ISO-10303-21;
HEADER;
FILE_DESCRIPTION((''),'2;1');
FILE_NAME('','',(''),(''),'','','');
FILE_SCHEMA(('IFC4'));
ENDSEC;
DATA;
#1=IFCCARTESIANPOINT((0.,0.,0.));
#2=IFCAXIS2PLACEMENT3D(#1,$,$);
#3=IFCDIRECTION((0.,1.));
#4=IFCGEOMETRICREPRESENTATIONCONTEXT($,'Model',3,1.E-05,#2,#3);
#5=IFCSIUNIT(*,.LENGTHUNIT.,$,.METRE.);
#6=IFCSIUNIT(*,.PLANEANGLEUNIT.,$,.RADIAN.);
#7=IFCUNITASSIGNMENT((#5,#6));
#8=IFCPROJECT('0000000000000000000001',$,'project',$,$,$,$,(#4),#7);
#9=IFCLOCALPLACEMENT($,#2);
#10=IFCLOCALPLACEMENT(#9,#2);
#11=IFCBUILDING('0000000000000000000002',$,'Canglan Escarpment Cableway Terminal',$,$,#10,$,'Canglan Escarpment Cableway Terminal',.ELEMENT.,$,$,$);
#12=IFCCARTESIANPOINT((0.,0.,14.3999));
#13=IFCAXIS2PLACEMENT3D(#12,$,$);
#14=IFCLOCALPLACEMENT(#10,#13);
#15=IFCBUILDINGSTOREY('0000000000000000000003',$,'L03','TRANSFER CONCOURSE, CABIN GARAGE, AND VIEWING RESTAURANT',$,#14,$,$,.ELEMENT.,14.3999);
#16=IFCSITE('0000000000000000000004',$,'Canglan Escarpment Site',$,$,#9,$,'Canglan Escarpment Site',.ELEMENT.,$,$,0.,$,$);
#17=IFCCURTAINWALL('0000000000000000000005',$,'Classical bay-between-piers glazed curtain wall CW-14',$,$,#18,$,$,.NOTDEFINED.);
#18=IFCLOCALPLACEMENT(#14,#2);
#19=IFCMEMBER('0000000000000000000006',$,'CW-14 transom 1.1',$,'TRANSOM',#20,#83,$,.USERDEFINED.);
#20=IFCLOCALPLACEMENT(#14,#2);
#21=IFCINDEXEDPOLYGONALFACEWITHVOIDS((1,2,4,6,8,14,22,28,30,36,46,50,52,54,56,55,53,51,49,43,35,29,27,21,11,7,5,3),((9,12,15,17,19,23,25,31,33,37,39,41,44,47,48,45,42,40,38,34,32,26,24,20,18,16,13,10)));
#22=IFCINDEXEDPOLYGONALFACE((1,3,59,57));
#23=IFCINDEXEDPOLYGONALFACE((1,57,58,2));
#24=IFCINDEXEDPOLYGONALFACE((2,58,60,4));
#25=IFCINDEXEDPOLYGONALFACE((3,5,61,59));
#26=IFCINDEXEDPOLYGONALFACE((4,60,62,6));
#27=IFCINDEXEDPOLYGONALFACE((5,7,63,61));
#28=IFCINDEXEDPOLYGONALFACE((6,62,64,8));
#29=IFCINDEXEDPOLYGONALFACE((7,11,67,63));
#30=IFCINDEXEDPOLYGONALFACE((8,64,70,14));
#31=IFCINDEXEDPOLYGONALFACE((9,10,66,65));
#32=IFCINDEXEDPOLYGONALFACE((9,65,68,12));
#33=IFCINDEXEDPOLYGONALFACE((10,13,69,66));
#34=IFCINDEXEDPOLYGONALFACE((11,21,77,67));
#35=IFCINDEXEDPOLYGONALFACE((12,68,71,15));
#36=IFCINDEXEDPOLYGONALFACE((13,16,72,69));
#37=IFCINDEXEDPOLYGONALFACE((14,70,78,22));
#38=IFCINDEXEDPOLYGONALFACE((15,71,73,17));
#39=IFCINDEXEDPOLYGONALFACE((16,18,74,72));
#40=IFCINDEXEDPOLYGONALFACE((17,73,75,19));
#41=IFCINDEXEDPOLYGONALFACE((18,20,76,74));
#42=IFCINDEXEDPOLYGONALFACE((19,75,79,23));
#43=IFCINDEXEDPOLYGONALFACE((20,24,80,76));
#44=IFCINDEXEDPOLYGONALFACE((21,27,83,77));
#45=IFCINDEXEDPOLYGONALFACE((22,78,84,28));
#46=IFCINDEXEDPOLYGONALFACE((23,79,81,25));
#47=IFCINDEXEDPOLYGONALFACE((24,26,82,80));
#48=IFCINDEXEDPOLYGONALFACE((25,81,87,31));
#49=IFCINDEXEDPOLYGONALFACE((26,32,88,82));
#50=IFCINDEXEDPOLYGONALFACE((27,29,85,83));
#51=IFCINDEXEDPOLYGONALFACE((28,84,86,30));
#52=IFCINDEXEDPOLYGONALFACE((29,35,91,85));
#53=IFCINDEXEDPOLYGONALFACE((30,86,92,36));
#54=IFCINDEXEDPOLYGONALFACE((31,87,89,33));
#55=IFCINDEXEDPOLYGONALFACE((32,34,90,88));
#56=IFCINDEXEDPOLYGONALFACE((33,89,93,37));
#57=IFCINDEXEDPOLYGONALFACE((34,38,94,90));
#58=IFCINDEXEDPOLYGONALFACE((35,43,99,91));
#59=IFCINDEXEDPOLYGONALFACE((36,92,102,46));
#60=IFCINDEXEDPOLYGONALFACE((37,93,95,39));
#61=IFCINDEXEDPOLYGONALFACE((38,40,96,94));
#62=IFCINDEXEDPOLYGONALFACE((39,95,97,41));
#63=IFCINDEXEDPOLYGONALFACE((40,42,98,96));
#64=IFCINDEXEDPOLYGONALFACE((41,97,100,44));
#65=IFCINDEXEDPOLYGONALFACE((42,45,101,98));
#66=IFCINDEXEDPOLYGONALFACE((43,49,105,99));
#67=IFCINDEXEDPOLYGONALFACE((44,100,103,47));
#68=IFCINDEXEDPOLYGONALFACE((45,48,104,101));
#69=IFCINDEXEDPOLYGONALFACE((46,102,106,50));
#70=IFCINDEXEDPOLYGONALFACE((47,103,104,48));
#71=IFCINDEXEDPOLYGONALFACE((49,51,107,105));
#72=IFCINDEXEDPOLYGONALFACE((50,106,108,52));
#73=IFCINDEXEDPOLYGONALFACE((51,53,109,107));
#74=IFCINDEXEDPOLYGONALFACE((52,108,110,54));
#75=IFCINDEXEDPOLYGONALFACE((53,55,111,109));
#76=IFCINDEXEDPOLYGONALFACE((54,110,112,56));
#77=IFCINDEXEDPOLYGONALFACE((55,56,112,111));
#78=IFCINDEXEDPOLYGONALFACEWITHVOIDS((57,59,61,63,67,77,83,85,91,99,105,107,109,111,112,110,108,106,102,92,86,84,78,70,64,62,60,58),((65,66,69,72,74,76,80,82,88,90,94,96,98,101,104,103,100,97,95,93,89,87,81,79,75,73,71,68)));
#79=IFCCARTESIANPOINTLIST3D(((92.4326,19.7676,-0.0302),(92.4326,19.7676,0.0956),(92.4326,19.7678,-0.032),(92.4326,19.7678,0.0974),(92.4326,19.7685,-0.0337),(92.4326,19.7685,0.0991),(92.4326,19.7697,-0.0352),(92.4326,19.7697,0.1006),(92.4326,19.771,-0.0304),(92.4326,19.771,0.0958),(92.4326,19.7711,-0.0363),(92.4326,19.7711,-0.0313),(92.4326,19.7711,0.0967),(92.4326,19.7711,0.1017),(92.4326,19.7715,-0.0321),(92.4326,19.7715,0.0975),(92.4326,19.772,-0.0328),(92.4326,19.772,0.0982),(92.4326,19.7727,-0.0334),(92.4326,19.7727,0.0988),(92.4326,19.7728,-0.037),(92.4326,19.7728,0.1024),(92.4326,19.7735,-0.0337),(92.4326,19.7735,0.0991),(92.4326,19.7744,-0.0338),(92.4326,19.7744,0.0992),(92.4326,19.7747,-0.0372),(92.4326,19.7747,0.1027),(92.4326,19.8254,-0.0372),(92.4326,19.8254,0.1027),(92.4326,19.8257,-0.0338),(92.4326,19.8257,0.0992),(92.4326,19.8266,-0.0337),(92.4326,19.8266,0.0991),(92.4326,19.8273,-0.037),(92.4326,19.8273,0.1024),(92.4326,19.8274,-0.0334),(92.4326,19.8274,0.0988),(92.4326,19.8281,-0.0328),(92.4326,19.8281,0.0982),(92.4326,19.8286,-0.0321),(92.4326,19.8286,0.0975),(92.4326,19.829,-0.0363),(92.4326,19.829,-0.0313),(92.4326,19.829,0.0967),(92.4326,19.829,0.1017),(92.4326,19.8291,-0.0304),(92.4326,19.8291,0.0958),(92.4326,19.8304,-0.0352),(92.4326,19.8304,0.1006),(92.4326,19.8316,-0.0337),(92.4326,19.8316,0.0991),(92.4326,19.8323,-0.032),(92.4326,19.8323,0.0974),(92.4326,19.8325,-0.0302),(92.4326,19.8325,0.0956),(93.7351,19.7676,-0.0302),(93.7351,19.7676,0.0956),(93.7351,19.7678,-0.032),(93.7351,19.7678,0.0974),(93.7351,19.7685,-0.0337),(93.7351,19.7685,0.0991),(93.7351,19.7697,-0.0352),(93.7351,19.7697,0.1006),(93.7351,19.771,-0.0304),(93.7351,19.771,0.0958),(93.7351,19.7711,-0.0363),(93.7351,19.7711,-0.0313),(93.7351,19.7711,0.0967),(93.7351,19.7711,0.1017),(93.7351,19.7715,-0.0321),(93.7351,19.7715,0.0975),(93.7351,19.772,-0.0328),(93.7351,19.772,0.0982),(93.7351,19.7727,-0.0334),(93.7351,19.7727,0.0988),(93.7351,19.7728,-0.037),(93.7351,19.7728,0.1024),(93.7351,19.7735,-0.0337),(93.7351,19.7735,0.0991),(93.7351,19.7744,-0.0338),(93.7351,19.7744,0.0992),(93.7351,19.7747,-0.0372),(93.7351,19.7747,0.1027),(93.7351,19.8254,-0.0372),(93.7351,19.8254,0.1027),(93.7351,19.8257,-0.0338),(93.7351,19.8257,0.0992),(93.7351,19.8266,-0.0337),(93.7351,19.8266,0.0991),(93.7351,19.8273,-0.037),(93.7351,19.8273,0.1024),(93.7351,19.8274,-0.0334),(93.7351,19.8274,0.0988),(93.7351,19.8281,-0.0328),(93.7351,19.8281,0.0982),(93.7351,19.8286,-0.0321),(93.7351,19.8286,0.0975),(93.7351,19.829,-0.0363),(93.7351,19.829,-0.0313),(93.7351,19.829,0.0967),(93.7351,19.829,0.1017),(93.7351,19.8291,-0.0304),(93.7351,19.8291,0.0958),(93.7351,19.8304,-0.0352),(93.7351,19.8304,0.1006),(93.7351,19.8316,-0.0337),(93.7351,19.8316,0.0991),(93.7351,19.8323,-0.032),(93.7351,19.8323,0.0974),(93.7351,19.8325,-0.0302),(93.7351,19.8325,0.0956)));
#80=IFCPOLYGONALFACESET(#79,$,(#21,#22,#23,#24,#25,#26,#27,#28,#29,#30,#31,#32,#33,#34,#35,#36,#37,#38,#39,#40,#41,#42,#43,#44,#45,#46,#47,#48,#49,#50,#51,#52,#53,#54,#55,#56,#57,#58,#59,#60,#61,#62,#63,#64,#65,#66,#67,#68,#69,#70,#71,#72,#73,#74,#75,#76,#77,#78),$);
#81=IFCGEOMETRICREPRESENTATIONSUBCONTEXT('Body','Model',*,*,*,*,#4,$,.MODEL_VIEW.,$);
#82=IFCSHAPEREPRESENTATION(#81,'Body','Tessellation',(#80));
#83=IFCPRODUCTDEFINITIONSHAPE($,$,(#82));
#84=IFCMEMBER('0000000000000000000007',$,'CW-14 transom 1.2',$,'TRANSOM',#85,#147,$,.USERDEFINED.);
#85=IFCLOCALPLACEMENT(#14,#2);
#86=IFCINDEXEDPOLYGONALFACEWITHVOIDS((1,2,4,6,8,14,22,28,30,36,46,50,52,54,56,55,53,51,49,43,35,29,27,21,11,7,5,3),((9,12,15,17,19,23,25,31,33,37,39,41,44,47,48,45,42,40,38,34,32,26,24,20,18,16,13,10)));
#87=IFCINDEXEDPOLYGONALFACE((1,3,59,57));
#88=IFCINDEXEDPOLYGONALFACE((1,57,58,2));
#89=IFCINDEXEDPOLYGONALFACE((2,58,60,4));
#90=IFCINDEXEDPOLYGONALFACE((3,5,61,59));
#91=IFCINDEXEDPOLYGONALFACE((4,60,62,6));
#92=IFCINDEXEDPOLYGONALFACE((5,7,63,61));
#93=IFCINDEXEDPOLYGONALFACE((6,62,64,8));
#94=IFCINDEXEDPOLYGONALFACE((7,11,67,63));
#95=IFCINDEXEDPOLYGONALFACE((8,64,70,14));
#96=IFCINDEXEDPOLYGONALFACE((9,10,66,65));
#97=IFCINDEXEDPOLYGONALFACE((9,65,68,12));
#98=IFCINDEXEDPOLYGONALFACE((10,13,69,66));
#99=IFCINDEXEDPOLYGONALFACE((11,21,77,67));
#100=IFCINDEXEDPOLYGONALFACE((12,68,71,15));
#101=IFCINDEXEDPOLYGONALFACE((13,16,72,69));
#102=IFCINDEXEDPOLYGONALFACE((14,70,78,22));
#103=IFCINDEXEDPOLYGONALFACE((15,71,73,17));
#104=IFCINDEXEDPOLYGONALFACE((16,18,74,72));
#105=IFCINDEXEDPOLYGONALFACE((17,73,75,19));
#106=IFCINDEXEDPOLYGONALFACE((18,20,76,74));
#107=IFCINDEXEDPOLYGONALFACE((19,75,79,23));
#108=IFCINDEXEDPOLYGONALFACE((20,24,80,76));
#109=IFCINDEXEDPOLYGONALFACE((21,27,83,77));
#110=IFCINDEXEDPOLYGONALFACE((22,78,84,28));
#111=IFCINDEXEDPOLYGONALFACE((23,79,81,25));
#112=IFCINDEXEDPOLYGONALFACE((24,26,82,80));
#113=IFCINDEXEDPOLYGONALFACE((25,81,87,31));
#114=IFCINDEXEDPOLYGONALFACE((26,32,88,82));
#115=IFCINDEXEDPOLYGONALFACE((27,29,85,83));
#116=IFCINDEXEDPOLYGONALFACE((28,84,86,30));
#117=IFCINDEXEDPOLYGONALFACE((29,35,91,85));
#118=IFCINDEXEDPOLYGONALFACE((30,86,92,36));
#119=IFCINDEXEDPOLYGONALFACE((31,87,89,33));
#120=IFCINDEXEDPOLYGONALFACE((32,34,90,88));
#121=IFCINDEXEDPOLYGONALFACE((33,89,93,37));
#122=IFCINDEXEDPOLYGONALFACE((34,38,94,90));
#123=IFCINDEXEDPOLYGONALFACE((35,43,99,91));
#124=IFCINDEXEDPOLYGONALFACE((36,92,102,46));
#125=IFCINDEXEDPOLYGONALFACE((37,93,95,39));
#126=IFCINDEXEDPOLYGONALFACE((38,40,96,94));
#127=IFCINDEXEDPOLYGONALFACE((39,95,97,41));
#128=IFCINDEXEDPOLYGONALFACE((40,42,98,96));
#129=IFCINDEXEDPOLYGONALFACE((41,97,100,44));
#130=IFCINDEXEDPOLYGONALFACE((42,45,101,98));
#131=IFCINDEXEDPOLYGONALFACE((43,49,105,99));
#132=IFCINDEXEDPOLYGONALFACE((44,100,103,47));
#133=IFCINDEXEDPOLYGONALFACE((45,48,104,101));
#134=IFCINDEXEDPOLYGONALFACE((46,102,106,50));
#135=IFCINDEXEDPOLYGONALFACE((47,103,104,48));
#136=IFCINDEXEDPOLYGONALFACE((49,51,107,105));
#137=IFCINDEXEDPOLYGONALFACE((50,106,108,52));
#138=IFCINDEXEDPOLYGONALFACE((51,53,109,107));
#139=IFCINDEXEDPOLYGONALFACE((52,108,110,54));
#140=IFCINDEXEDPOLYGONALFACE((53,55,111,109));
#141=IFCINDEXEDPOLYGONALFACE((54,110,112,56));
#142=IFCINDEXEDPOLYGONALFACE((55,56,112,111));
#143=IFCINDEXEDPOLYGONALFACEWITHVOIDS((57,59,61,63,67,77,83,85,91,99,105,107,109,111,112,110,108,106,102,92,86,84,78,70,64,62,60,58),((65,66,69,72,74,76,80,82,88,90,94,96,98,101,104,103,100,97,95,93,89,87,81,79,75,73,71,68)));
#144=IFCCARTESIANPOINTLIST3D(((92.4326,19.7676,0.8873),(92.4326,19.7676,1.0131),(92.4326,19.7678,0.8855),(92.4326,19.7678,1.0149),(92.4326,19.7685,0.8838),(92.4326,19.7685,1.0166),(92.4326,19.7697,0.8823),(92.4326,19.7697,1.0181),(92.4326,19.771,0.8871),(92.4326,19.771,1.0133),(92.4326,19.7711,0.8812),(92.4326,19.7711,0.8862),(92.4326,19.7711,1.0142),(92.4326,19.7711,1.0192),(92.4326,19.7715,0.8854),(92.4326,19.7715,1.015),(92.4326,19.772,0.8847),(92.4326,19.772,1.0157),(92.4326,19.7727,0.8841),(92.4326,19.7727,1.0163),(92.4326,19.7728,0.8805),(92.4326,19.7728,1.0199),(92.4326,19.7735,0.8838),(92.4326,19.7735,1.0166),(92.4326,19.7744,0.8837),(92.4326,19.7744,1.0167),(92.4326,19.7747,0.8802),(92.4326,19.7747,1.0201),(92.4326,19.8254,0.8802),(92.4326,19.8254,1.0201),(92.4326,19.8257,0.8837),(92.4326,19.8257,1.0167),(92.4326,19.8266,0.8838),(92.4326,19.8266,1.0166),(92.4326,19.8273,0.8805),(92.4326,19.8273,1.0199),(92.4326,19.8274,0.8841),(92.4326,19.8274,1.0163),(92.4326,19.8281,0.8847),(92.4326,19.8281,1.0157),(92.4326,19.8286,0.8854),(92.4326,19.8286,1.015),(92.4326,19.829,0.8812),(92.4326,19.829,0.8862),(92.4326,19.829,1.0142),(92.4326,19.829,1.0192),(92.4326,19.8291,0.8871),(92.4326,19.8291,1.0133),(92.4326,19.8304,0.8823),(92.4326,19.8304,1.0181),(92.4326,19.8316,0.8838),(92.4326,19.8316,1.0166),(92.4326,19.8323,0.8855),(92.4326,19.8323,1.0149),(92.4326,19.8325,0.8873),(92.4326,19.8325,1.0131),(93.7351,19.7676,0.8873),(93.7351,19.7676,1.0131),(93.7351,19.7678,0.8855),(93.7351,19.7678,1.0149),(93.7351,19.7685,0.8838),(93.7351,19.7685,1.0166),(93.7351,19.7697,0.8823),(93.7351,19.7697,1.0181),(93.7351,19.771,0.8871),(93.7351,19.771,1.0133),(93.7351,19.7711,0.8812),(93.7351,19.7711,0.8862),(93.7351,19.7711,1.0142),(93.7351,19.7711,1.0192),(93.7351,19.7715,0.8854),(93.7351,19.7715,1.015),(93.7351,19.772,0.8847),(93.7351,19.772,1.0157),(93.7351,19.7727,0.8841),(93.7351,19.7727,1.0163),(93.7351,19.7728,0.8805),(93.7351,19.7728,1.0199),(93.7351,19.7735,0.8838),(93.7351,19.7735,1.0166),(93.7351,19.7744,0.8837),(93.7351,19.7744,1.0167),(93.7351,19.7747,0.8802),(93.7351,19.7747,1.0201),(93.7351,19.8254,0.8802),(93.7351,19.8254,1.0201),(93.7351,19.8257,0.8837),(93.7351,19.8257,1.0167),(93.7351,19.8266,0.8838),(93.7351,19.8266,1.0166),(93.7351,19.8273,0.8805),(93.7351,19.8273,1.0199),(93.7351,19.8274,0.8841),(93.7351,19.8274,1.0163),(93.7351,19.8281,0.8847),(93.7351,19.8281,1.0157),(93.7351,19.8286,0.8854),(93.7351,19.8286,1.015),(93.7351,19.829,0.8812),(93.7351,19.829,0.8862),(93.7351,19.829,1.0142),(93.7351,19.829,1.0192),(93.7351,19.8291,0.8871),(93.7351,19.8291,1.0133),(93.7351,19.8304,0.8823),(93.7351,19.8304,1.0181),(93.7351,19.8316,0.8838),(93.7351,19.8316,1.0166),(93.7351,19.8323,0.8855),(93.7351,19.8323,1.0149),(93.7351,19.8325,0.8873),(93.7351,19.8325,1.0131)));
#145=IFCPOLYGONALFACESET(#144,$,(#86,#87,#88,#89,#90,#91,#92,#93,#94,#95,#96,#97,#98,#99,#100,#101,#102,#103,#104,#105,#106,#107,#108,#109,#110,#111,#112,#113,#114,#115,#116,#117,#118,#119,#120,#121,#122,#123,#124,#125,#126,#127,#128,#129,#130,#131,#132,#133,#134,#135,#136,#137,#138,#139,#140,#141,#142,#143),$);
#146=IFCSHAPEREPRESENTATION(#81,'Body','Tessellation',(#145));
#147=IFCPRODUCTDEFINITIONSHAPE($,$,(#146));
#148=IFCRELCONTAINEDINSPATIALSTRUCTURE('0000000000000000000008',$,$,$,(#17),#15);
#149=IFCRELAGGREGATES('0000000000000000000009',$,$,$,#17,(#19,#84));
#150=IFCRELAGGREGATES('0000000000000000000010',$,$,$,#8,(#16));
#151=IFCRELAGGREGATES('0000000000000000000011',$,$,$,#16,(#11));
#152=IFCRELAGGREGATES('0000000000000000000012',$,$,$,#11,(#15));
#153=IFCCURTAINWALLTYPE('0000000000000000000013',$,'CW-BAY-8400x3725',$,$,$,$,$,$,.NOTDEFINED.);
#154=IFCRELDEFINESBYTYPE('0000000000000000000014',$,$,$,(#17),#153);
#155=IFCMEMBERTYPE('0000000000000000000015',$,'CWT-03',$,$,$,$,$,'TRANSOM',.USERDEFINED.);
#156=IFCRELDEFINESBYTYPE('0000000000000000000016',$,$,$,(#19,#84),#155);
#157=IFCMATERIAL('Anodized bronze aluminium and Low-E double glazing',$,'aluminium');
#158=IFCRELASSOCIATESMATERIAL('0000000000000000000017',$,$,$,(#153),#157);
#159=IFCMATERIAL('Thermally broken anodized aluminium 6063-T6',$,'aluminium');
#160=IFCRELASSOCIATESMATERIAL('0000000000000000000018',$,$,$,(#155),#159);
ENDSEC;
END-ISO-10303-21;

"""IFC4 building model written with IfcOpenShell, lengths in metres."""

from ifc_helpers import new_model, si_unit, direction, frame, origin, origin_2d, place, context, subcontext, project, spatial, hollow_rectangle, extrude, material, material_profile, profile_set, type_object, element, aggregate, save


model = new_model("IFC4")

# Units and contexts
model_context = context("Model", 3, precision=1e-05, world=origin(), true_north=direction((0.0, 1.0)))
body_context = subcontext(model_context, "Body", "Model", "MODEL_VIEW")
ifc_project = project(units=[si_unit("LENGTHUNIT", "METRE"), si_unit("PLANEANGLEUNIT", "RADIAN")], contexts=[model_context])

# Site, building, storey
site_placement = place(None, origin())
site = spatial("IfcSite", under=ifc_project, at=site_placement, Name="Canglan Escarpment Site", LongName="Canglan Escarpment Site", CompositionType="ELEMENT", RefElevation=0.0)
building_placement = place(site_placement, origin())
building = spatial("IfcBuilding", under=site, at=building_placement, Name="Canglan Escarpment Cableway Terminal", LongName="Canglan Escarpment Cableway Terminal", CompositionType="ELEMENT")
storey_placement = place(building_placement, frame((0.0, 0.0, 14.3999)))
storey = spatial("IfcBuildingStorey", under=building, at=storey_placement, Name="L03", Description="TRANSFER CONCOURSE, CABIN GARAGE, AND VIEWING RESTAURANT", CompositionType="ELEMENT", Elevation=14.3999)

# Shared definitions
ifc_material_1 = material(Name="Anodized bronze aluminium and Low-E double glazing", Category="aluminium")
curtain_wall_type = type_object("IfcCurtainWallType", Name="CW-BAY-8400x3725", PredefinedType="NOTDEFINED", material=ifc_material_1)
ifc_material_2 = material(Name="Thermally broken anodized aluminium 6063-T6", Category="aluminium")

# Curtain wall
curtain_wall_1_placement = place(storey_placement, origin())
curtain_wall_1 = element("IfcCurtainWall", 1, at=curtain_wall_1_placement, inside=storey, type_object=curtain_wall_type, Name="Classical bay-between-piers glazed curtain wall CW-14", PredefinedType="NOTDEFINED")

# Members
ifc_material_profile_1 = material_profile(ifc_material_2, hollow_rectangle(XDim=0.0649, YDim=0.1399, WallThickness=0.0034, InnerFilletRadius=0.0034, OuterFilletRadius=0.0071, at=origin_2d()), Name="ALU-TRAN 65x140x3.5")
ifc_profile_set_1 = profile_set([ifc_material_profile_1], Name="Thermally broken anodized aluminium 6063-T6")
member_type_1 = type_object("IfcMemberType", Name="CWT-03", ElementType="TRANSOM", PredefinedType="USERDEFINED", material=ifc_profile_set_1)
member_1_placement = place(storey_placement, frame((93.7351, 19.8, 0.0327), z_axis=(-1.0, 0.0, 0.0), x_axis=(0.0, -1.0, 0.0)))
member_1 = element("IfcMember", 2, at=member_1_placement, type_object=member_type_1, Name="CW-14 transom 1.1", ObjectType="TRANSOM", PredefinedType="USERDEFINED", context=body_context, shape_type="SweptSolid", body=[
    extrude(hollow_rectangle(XDim=0.0649, YDim=0.1399, WallThickness=0.0034, InnerFilletRadius=0.0034, OuterFilletRadius=0.0071, at=origin_2d()), origin(), (0.0, 0.0, 1.0), 1.3025),
])
member_2_placement = place(storey_placement, frame((93.7351, 19.8, 0.9502), z_axis=(-1.0, 0.0, 0.0), x_axis=(0.0, -1.0, 0.0)))
member_2 = element("IfcMember", 3, at=member_2_placement, type_object=member_type_1, Name="CW-14 transom 1.2", ObjectType="TRANSOM", PredefinedType="USERDEFINED", context=body_context, shape_type="SweptSolid", body=[
    extrude(hollow_rectangle(XDim=0.0649, YDim=0.1399, WallThickness=0.0034, InnerFilletRadius=0.0034, OuterFilletRadius=0.0071, at=origin_2d()), origin(), (0.0, 0.0, 1.0), 1.3025),
])

aggregate(curtain_wall_1, [member_1, member_2])

save(model, "model.ifc")
